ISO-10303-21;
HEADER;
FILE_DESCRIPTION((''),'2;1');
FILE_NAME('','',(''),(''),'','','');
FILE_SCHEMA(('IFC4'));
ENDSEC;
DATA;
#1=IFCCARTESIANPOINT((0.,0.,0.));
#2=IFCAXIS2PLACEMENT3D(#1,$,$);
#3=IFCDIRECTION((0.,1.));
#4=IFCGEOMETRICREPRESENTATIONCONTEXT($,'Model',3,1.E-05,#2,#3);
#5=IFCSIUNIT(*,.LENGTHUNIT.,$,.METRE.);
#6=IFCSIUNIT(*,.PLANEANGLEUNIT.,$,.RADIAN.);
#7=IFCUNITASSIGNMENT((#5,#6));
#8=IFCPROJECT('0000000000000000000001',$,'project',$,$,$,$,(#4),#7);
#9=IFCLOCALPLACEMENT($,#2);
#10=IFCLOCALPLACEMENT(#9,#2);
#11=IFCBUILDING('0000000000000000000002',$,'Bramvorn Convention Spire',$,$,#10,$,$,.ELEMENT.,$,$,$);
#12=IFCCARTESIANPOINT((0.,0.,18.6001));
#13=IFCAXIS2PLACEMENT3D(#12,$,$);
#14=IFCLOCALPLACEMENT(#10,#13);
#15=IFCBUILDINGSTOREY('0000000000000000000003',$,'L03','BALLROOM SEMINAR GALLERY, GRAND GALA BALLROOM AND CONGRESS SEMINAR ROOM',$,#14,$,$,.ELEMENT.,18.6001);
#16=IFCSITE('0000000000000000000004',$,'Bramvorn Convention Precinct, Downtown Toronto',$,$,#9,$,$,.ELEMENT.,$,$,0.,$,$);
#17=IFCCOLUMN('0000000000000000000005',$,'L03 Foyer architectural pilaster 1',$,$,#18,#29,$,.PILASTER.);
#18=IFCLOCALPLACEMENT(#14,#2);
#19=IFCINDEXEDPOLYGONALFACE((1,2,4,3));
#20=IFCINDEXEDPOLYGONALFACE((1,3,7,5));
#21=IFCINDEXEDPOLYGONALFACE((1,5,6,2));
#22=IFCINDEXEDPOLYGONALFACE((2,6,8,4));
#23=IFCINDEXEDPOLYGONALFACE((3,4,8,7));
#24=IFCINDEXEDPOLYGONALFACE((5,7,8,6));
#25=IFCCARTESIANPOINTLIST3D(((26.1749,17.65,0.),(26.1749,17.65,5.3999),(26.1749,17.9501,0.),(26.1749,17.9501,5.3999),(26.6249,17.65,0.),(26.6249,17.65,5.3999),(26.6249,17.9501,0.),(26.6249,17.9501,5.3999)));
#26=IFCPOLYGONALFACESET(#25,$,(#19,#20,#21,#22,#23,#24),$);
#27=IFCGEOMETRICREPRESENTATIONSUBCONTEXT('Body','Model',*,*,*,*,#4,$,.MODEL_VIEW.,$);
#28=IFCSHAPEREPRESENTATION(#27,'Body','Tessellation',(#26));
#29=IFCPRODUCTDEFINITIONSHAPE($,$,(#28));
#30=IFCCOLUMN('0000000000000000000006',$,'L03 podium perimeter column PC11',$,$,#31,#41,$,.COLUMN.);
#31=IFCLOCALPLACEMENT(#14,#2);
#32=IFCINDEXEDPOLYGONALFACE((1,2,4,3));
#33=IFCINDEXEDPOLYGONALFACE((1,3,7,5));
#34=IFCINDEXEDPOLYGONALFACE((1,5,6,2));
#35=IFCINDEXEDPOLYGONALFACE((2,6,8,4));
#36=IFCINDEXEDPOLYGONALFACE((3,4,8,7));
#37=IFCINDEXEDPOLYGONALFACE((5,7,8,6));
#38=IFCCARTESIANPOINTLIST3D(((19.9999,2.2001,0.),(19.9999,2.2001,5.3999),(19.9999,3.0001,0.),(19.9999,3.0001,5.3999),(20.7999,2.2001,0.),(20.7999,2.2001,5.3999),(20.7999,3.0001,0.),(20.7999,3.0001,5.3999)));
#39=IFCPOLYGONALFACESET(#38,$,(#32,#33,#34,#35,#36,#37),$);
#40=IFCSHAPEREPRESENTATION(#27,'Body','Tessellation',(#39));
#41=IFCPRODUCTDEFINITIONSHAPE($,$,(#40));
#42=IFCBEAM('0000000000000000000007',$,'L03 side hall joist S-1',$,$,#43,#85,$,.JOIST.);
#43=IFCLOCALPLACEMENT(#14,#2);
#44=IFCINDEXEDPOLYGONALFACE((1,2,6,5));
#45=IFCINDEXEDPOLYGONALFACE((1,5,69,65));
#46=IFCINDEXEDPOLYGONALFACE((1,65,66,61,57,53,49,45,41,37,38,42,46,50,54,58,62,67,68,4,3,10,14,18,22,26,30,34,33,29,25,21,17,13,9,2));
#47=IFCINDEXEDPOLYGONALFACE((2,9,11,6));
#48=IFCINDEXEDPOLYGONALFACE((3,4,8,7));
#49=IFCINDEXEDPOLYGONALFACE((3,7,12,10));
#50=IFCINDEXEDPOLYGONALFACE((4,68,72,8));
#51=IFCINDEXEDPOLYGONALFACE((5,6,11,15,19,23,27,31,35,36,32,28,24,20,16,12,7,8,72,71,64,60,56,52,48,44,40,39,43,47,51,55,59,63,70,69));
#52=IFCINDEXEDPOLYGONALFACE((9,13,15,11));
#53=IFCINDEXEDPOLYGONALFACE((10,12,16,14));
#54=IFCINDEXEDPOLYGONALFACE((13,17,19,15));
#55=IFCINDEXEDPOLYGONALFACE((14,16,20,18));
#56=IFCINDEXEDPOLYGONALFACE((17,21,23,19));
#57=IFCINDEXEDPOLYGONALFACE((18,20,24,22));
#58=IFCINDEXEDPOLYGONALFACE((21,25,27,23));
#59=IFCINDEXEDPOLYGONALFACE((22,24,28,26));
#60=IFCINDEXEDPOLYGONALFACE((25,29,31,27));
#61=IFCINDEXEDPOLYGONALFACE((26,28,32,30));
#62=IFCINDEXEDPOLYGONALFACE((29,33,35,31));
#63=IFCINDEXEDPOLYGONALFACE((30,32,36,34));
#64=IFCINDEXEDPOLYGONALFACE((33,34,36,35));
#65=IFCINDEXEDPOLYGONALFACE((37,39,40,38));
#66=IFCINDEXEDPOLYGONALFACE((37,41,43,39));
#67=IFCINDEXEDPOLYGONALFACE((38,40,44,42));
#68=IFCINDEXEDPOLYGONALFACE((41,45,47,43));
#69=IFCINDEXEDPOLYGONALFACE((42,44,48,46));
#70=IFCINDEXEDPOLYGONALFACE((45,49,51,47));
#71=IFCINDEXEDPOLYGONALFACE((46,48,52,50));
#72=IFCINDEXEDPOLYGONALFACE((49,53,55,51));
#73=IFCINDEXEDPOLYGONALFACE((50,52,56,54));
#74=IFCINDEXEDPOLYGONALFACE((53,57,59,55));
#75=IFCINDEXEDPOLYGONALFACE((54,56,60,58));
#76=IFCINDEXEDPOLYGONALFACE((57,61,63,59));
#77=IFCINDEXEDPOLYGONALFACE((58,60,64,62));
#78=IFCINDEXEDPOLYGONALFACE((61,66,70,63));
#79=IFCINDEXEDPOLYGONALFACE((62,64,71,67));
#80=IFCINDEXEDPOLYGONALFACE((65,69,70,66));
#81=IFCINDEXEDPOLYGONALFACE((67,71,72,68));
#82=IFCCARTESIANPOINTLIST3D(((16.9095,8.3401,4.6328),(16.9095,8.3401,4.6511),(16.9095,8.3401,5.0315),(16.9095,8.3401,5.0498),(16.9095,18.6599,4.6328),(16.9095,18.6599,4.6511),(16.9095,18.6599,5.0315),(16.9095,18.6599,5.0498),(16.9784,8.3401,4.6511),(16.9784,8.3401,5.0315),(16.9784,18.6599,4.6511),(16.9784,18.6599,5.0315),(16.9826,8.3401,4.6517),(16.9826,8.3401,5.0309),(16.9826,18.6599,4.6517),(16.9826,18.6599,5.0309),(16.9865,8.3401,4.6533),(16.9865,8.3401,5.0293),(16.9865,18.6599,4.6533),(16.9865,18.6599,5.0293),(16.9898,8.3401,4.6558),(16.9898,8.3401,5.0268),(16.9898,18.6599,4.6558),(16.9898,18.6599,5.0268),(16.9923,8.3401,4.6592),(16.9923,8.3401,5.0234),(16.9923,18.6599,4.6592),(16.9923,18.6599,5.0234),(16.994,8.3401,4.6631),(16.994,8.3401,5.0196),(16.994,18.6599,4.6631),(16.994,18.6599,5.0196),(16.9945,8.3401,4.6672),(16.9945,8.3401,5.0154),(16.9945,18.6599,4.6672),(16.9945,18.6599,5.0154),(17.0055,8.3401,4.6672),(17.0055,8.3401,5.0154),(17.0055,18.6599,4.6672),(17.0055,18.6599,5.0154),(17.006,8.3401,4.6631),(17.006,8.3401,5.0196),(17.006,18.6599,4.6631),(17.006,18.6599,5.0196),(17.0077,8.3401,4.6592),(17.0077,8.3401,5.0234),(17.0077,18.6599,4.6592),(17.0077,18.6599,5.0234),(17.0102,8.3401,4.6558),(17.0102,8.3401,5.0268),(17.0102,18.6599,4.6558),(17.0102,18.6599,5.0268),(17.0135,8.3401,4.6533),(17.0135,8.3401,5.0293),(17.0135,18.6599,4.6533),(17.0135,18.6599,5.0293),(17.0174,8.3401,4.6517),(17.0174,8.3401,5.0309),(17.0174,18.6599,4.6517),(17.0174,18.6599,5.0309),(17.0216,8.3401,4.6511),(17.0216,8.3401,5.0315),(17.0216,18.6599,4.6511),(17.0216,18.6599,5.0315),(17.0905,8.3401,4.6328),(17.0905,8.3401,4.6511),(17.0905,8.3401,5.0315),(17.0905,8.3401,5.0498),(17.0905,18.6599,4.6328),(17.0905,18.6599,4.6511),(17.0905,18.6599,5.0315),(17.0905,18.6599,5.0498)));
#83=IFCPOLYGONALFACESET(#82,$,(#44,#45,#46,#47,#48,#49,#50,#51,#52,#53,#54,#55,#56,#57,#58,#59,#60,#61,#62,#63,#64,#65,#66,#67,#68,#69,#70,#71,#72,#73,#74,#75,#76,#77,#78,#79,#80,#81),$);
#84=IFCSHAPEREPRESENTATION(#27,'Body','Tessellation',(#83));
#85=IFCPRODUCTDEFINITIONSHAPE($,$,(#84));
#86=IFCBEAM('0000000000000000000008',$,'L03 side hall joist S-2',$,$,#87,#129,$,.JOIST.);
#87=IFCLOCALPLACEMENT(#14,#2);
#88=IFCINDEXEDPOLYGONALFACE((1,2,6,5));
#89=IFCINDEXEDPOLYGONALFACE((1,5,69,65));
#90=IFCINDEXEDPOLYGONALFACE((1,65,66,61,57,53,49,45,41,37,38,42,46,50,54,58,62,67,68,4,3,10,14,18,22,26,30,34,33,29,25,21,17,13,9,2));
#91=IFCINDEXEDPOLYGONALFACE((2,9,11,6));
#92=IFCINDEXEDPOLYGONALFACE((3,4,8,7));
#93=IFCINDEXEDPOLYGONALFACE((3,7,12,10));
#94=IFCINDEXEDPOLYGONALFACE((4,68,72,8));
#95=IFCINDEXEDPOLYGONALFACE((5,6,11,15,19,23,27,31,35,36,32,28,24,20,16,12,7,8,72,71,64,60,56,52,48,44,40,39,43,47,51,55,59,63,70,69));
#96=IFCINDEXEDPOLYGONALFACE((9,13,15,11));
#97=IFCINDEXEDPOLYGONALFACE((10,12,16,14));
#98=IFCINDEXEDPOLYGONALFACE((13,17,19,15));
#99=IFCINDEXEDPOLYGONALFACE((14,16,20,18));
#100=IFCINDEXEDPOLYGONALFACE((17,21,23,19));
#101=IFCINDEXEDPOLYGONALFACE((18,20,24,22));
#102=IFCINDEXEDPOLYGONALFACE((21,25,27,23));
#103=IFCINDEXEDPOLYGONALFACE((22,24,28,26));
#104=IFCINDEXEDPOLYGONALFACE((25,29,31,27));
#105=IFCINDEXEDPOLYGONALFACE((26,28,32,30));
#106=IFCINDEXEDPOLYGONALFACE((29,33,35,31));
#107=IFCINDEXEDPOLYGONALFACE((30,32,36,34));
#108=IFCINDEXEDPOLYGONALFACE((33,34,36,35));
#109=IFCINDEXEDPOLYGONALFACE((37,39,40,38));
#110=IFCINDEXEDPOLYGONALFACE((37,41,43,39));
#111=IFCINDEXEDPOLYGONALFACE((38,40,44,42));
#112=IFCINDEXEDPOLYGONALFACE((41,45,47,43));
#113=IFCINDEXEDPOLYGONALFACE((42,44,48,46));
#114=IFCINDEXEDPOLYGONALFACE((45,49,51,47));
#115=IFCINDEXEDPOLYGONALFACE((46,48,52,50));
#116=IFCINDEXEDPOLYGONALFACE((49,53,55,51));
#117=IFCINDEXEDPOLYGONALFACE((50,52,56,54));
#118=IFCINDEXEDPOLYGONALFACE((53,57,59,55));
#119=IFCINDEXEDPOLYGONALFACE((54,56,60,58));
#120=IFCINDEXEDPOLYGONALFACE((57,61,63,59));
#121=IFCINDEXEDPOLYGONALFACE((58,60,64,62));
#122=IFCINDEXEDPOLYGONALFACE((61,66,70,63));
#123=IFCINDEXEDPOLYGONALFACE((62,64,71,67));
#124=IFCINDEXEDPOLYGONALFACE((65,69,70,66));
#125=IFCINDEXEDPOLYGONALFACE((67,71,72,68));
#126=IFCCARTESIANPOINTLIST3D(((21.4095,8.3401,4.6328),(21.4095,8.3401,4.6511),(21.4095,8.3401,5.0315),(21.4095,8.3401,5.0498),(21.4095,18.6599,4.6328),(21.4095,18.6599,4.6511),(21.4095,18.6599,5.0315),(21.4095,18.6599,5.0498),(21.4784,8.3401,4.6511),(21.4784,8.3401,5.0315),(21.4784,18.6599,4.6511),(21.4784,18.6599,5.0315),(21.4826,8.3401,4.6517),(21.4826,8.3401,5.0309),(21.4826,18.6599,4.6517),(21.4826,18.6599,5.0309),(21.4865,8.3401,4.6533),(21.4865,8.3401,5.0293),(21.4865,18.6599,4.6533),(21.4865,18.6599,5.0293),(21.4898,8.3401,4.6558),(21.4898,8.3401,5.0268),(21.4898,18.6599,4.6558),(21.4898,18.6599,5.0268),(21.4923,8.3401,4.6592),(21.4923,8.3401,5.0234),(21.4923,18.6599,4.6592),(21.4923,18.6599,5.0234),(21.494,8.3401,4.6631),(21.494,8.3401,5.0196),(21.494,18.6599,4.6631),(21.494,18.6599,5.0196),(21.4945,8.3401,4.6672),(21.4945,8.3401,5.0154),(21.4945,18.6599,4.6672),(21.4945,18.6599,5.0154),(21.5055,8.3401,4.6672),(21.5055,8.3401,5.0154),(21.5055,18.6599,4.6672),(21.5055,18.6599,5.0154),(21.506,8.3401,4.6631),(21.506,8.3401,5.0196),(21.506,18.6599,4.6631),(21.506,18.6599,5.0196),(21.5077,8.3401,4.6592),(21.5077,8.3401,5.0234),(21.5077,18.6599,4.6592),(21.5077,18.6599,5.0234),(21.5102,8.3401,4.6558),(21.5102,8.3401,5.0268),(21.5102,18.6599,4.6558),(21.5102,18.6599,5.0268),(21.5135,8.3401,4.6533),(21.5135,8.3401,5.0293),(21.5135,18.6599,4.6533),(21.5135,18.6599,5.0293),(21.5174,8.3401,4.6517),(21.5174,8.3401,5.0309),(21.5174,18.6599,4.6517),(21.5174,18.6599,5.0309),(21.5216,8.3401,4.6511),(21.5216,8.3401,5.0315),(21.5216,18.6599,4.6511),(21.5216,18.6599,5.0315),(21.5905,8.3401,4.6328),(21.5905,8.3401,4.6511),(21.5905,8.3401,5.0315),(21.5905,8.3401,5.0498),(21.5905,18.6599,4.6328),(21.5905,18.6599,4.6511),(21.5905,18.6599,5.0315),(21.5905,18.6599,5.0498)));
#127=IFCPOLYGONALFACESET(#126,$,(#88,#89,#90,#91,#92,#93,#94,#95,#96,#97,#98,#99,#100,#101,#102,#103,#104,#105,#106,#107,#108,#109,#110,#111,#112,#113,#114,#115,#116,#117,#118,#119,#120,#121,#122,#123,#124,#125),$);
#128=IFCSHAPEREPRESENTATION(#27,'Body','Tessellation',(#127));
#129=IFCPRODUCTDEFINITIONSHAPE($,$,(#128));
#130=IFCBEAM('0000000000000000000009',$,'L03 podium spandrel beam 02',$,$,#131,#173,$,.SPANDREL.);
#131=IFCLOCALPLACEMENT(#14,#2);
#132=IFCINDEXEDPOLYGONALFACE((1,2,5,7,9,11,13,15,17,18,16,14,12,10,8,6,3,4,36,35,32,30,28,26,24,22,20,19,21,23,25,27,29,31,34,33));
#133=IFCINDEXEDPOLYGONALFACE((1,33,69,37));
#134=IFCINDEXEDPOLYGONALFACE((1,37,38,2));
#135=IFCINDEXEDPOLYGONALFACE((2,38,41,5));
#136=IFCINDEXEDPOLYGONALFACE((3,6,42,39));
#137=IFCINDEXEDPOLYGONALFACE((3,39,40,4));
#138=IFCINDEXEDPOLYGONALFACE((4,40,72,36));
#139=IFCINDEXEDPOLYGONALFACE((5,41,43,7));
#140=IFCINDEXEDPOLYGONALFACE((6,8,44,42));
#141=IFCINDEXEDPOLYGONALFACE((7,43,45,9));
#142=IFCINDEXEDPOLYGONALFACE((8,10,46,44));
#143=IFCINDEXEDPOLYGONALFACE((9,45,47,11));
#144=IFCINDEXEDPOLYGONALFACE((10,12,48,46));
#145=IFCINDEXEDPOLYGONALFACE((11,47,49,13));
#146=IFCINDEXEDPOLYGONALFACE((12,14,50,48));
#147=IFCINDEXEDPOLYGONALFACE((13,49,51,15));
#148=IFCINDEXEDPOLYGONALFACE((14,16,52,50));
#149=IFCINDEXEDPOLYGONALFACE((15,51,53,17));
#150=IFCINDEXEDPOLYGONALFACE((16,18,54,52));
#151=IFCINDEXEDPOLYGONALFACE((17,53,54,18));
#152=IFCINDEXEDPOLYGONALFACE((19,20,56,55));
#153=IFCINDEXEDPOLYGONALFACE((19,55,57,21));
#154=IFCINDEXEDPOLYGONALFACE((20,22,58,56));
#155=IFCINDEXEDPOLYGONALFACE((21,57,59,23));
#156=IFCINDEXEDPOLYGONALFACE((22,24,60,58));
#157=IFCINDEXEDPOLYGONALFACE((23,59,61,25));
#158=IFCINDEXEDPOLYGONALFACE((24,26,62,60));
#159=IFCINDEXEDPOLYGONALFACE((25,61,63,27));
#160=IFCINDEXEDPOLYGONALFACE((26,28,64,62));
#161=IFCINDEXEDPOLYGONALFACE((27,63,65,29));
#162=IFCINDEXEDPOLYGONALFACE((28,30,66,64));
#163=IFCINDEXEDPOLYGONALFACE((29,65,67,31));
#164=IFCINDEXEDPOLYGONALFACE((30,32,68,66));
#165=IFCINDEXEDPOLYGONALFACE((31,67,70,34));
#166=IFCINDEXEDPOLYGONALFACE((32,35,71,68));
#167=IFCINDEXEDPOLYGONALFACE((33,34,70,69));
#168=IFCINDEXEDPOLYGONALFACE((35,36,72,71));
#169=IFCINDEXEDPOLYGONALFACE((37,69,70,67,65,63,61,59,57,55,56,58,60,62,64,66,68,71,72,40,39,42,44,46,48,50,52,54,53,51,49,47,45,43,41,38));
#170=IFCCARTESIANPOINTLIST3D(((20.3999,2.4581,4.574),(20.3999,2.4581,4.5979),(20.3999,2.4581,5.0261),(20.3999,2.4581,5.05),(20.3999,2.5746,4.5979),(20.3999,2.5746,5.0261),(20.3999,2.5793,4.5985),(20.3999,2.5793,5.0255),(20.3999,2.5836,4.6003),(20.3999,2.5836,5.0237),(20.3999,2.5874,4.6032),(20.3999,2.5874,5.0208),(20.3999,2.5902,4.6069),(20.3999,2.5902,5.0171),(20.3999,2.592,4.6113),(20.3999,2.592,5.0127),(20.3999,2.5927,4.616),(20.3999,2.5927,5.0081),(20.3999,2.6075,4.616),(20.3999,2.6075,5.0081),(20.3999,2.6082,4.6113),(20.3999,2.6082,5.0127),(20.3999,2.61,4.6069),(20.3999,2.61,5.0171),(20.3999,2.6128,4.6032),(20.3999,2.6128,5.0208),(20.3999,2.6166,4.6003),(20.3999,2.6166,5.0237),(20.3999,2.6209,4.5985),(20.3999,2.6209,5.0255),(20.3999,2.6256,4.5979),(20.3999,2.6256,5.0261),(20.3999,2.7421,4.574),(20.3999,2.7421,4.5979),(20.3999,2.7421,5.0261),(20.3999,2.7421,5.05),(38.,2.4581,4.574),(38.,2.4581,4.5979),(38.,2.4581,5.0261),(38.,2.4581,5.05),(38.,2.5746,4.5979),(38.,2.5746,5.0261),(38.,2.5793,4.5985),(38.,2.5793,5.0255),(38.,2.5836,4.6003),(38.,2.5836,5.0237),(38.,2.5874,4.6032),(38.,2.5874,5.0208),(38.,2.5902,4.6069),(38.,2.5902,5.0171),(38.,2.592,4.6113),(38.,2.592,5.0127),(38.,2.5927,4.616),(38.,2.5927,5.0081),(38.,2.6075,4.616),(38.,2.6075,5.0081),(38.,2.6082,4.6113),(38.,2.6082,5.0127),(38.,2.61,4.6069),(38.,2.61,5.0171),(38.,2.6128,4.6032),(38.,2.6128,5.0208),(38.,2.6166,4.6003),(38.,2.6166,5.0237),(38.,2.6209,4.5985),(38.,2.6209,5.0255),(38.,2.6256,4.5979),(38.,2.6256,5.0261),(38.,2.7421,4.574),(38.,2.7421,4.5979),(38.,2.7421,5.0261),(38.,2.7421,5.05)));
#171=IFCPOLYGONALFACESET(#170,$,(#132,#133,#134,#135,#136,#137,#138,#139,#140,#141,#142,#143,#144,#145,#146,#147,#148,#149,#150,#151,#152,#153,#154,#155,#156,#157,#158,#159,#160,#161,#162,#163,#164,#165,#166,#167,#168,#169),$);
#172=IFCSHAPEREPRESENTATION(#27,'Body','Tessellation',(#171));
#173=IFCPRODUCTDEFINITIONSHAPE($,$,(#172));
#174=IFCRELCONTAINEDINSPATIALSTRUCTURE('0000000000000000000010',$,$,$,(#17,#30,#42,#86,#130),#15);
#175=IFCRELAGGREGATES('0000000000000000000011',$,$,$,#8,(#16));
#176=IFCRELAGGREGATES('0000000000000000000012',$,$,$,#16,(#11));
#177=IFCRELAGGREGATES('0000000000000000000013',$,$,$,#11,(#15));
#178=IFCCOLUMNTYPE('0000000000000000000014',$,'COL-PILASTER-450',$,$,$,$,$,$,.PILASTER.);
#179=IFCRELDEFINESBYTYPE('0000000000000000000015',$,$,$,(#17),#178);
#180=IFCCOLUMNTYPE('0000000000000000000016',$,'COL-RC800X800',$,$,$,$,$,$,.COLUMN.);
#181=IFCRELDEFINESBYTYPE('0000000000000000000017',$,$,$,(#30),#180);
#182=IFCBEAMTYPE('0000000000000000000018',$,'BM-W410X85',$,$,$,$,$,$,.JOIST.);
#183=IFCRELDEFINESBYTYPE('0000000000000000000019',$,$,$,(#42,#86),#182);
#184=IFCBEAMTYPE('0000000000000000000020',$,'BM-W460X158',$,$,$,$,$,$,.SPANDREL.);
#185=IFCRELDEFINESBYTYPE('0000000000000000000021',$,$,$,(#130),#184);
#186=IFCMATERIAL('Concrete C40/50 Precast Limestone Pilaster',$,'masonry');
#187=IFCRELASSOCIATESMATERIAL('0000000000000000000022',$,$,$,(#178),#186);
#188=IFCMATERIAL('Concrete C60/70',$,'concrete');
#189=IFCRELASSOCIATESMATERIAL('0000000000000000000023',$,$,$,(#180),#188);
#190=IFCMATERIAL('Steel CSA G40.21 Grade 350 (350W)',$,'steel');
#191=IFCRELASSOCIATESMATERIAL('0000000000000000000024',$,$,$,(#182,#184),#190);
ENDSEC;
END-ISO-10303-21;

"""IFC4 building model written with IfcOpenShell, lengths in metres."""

from ifc_helpers import new_model, si_unit, direction, frame, origin, origin_2d, place, context, subcontext, project, spatial, rectangle, i_section, extrude, material, material_profile, profile_set, type_object, element, save


model = new_model("IFC4")

# Units and contexts
model_context = context("Model", 3, precision=1e-05, world=origin(), true_north=direction((0.0, 1.0)))
body_context = subcontext(model_context, "Body", "Model", "MODEL_VIEW")
ifc_project = project(units=[si_unit("LENGTHUNIT", "METRE"), si_unit("PLANEANGLEUNIT", "RADIAN")], contexts=[model_context])

# Site, building, storey
site_placement = place(None, origin())
site = spatial("IfcSite", under=ifc_project, at=site_placement, Name="Bramvorn Convention Precinct, Downtown Toronto", CompositionType="ELEMENT", RefElevation=0.0)
building_placement = place(site_placement, origin())
building = spatial("IfcBuilding", under=site, at=building_placement, Name="Bramvorn Convention Spire", CompositionType="ELEMENT")
storey_placement = place(building_placement, frame((0.0, 0.0, 18.6001)))
storey = spatial("IfcBuildingStorey", under=building, at=storey_placement, Name="L03", Description="BALLROOM SEMINAR GALLERY, GRAND GALA BALLROOM AND CONGRESS SEMINAR ROOM", CompositionType="ELEMENT", Elevation=18.6001)

# Columns
ifc_material_1 = material(Name="Steel CSA G40.21 Grade 350 (350W)", Category="steel")
ifc_material_2 = material(Name="Concrete C40/50 Precast Limestone Pilaster", Category="masonry")
ifc_material_profile_1 = material_profile(ifc_material_2, rectangle(XDim=0.45, YDim=0.3, at=origin_2d()))
ifc_profile_set_1 = profile_set([ifc_material_profile_1], Name="Concrete C40/50 Precast Limestone Pilaster - PILASTER450X300")
column_type_1 = type_object("IfcColumnType", Name="COL-PILASTER-450", PredefinedType="PILASTER", material=ifc_profile_set_1)
column_1_placement = place(storey_placement, frame((26.3999, 17.8, 0.0), z_axis=(0.0, 0.0, 1.0), x_axis=(1.0, 0.0, 0.0)))
element("IfcColumn", 1, at=column_1_placement, inside=storey, type_object=column_type_1, Name="L03 Foyer architectural pilaster 1", PredefinedType="PILASTER", context=body_context, shape_type="SweptSolid", body=[
    extrude(rectangle(XDim=0.45, YDim=0.3, at=origin_2d()), origin(), (0.0, 0.0, 1.0), 5.3999),
])
ifc_material_3 = material(Name="Concrete C60/70", Category="concrete")
ifc_material_profile_2 = material_profile(ifc_material_3, rectangle(XDim=0.8, YDim=0.8, at=origin_2d()))
ifc_profile_set_2 = profile_set([ifc_material_profile_2], Name="Concrete C60/70 - RC800X800")
column_type_2 = type_object("IfcColumnType", Name="COL-RC800X800", PredefinedType="COLUMN", material=ifc_profile_set_2)
column_2_placement = place(storey_placement, frame((20.3999, 2.6001, 0.0), z_axis=(0.0, 0.0, 1.0), x_axis=(1.0, 0.0, 0.0)))
element("IfcColumn", 2, at=column_2_placement, inside=storey, type_object=column_type_2, Name="L03 podium perimeter column PC11", PredefinedType="COLUMN", context=body_context, shape_type="SweptSolid", body=[
    extrude(rectangle(XDim=0.8, YDim=0.8, at=origin_2d()), origin(), (0.0, 0.0, 1.0), 5.3999),
])

# Beams
ifc_material_profile_3 = material_profile(ifc_material_1, i_section(OverallWidth=0.1809, OverallDepth=0.417, WebThickness=0.011, FlangeThickness=0.0183, FilletRadius=0.0161, at=origin_2d()))
ifc_profile_set_3 = profile_set([ifc_material_profile_3], Name="Steel CSA G40.21 Grade 350 (350W) - W410X85")
beam_type_1 = type_object("IfcBeamType", Name="BM-W410X85", PredefinedType="JOIST", material=ifc_profile_set_3)
for number, where, z_axis, x_axis, name in (
    (3, (17.0, 8.3401, 4.8413), (0.0, 1.0, 0.0), (-1.0, 0.0, 0.0), "L03 side hall joist S-1"),
    (4, (21.5, 8.3401, 4.8413), (0.0, 1.0, 0.0), (-1.0, 0.0, 0.0), "L03 side hall joist S-2"),
):
    element("IfcBeam", number, at=place(storey_placement, frame(where, z_axis=z_axis, x_axis=x_axis)), inside=storey, type_object=beam_type_1, Name=name, PredefinedType="JOIST", context=body_context, shape_type="SweptSolid", body=[
        extrude(i_section(OverallWidth=0.1809, OverallDepth=0.417, WebThickness=0.011, FlangeThickness=0.0183, FilletRadius=0.0161, at=origin_2d()), origin(), (0.0, 0.0, 1.0), 10.3198),
    ])
ifc_material_profile_4 = material_profile(ifc_material_1, i_section(OverallWidth=0.2839, OverallDepth=0.4761, WebThickness=0.0149, FlangeThickness=0.0239, FilletRadius=0.0181, at=origin_2d()))
ifc_profile_set_4 = profile_set([ifc_material_profile_4], Name="Steel CSA G40.21 Grade 350 (350W) - W460X158")
beam_type_2 = type_object("IfcBeamType", Name="BM-W460X158", PredefinedType="SPANDREL", material=ifc_profile_set_4)
beam_1_placement = place(storey_placement, frame((20.3999, 2.6001, 4.812), z_axis=(1.0, 0.0, 0.0), x_axis=(0.0, 1.0, 0.0)))
element("IfcBeam", 5, at=beam_1_placement, inside=storey, type_object=beam_type_2, Name="L03 podium spandrel beam 02", PredefinedType="SPANDREL", context=body_context, shape_type="SweptSolid", body=[
    extrude(i_section(OverallWidth=0.2839, OverallDepth=0.4761, WebThickness=0.0149, FlangeThickness=0.0239, FilletRadius=0.0181, at=origin_2d()), origin(), (0.0, 0.0, 1.0), 17.6001),
])

save(model, "model.ifc")
